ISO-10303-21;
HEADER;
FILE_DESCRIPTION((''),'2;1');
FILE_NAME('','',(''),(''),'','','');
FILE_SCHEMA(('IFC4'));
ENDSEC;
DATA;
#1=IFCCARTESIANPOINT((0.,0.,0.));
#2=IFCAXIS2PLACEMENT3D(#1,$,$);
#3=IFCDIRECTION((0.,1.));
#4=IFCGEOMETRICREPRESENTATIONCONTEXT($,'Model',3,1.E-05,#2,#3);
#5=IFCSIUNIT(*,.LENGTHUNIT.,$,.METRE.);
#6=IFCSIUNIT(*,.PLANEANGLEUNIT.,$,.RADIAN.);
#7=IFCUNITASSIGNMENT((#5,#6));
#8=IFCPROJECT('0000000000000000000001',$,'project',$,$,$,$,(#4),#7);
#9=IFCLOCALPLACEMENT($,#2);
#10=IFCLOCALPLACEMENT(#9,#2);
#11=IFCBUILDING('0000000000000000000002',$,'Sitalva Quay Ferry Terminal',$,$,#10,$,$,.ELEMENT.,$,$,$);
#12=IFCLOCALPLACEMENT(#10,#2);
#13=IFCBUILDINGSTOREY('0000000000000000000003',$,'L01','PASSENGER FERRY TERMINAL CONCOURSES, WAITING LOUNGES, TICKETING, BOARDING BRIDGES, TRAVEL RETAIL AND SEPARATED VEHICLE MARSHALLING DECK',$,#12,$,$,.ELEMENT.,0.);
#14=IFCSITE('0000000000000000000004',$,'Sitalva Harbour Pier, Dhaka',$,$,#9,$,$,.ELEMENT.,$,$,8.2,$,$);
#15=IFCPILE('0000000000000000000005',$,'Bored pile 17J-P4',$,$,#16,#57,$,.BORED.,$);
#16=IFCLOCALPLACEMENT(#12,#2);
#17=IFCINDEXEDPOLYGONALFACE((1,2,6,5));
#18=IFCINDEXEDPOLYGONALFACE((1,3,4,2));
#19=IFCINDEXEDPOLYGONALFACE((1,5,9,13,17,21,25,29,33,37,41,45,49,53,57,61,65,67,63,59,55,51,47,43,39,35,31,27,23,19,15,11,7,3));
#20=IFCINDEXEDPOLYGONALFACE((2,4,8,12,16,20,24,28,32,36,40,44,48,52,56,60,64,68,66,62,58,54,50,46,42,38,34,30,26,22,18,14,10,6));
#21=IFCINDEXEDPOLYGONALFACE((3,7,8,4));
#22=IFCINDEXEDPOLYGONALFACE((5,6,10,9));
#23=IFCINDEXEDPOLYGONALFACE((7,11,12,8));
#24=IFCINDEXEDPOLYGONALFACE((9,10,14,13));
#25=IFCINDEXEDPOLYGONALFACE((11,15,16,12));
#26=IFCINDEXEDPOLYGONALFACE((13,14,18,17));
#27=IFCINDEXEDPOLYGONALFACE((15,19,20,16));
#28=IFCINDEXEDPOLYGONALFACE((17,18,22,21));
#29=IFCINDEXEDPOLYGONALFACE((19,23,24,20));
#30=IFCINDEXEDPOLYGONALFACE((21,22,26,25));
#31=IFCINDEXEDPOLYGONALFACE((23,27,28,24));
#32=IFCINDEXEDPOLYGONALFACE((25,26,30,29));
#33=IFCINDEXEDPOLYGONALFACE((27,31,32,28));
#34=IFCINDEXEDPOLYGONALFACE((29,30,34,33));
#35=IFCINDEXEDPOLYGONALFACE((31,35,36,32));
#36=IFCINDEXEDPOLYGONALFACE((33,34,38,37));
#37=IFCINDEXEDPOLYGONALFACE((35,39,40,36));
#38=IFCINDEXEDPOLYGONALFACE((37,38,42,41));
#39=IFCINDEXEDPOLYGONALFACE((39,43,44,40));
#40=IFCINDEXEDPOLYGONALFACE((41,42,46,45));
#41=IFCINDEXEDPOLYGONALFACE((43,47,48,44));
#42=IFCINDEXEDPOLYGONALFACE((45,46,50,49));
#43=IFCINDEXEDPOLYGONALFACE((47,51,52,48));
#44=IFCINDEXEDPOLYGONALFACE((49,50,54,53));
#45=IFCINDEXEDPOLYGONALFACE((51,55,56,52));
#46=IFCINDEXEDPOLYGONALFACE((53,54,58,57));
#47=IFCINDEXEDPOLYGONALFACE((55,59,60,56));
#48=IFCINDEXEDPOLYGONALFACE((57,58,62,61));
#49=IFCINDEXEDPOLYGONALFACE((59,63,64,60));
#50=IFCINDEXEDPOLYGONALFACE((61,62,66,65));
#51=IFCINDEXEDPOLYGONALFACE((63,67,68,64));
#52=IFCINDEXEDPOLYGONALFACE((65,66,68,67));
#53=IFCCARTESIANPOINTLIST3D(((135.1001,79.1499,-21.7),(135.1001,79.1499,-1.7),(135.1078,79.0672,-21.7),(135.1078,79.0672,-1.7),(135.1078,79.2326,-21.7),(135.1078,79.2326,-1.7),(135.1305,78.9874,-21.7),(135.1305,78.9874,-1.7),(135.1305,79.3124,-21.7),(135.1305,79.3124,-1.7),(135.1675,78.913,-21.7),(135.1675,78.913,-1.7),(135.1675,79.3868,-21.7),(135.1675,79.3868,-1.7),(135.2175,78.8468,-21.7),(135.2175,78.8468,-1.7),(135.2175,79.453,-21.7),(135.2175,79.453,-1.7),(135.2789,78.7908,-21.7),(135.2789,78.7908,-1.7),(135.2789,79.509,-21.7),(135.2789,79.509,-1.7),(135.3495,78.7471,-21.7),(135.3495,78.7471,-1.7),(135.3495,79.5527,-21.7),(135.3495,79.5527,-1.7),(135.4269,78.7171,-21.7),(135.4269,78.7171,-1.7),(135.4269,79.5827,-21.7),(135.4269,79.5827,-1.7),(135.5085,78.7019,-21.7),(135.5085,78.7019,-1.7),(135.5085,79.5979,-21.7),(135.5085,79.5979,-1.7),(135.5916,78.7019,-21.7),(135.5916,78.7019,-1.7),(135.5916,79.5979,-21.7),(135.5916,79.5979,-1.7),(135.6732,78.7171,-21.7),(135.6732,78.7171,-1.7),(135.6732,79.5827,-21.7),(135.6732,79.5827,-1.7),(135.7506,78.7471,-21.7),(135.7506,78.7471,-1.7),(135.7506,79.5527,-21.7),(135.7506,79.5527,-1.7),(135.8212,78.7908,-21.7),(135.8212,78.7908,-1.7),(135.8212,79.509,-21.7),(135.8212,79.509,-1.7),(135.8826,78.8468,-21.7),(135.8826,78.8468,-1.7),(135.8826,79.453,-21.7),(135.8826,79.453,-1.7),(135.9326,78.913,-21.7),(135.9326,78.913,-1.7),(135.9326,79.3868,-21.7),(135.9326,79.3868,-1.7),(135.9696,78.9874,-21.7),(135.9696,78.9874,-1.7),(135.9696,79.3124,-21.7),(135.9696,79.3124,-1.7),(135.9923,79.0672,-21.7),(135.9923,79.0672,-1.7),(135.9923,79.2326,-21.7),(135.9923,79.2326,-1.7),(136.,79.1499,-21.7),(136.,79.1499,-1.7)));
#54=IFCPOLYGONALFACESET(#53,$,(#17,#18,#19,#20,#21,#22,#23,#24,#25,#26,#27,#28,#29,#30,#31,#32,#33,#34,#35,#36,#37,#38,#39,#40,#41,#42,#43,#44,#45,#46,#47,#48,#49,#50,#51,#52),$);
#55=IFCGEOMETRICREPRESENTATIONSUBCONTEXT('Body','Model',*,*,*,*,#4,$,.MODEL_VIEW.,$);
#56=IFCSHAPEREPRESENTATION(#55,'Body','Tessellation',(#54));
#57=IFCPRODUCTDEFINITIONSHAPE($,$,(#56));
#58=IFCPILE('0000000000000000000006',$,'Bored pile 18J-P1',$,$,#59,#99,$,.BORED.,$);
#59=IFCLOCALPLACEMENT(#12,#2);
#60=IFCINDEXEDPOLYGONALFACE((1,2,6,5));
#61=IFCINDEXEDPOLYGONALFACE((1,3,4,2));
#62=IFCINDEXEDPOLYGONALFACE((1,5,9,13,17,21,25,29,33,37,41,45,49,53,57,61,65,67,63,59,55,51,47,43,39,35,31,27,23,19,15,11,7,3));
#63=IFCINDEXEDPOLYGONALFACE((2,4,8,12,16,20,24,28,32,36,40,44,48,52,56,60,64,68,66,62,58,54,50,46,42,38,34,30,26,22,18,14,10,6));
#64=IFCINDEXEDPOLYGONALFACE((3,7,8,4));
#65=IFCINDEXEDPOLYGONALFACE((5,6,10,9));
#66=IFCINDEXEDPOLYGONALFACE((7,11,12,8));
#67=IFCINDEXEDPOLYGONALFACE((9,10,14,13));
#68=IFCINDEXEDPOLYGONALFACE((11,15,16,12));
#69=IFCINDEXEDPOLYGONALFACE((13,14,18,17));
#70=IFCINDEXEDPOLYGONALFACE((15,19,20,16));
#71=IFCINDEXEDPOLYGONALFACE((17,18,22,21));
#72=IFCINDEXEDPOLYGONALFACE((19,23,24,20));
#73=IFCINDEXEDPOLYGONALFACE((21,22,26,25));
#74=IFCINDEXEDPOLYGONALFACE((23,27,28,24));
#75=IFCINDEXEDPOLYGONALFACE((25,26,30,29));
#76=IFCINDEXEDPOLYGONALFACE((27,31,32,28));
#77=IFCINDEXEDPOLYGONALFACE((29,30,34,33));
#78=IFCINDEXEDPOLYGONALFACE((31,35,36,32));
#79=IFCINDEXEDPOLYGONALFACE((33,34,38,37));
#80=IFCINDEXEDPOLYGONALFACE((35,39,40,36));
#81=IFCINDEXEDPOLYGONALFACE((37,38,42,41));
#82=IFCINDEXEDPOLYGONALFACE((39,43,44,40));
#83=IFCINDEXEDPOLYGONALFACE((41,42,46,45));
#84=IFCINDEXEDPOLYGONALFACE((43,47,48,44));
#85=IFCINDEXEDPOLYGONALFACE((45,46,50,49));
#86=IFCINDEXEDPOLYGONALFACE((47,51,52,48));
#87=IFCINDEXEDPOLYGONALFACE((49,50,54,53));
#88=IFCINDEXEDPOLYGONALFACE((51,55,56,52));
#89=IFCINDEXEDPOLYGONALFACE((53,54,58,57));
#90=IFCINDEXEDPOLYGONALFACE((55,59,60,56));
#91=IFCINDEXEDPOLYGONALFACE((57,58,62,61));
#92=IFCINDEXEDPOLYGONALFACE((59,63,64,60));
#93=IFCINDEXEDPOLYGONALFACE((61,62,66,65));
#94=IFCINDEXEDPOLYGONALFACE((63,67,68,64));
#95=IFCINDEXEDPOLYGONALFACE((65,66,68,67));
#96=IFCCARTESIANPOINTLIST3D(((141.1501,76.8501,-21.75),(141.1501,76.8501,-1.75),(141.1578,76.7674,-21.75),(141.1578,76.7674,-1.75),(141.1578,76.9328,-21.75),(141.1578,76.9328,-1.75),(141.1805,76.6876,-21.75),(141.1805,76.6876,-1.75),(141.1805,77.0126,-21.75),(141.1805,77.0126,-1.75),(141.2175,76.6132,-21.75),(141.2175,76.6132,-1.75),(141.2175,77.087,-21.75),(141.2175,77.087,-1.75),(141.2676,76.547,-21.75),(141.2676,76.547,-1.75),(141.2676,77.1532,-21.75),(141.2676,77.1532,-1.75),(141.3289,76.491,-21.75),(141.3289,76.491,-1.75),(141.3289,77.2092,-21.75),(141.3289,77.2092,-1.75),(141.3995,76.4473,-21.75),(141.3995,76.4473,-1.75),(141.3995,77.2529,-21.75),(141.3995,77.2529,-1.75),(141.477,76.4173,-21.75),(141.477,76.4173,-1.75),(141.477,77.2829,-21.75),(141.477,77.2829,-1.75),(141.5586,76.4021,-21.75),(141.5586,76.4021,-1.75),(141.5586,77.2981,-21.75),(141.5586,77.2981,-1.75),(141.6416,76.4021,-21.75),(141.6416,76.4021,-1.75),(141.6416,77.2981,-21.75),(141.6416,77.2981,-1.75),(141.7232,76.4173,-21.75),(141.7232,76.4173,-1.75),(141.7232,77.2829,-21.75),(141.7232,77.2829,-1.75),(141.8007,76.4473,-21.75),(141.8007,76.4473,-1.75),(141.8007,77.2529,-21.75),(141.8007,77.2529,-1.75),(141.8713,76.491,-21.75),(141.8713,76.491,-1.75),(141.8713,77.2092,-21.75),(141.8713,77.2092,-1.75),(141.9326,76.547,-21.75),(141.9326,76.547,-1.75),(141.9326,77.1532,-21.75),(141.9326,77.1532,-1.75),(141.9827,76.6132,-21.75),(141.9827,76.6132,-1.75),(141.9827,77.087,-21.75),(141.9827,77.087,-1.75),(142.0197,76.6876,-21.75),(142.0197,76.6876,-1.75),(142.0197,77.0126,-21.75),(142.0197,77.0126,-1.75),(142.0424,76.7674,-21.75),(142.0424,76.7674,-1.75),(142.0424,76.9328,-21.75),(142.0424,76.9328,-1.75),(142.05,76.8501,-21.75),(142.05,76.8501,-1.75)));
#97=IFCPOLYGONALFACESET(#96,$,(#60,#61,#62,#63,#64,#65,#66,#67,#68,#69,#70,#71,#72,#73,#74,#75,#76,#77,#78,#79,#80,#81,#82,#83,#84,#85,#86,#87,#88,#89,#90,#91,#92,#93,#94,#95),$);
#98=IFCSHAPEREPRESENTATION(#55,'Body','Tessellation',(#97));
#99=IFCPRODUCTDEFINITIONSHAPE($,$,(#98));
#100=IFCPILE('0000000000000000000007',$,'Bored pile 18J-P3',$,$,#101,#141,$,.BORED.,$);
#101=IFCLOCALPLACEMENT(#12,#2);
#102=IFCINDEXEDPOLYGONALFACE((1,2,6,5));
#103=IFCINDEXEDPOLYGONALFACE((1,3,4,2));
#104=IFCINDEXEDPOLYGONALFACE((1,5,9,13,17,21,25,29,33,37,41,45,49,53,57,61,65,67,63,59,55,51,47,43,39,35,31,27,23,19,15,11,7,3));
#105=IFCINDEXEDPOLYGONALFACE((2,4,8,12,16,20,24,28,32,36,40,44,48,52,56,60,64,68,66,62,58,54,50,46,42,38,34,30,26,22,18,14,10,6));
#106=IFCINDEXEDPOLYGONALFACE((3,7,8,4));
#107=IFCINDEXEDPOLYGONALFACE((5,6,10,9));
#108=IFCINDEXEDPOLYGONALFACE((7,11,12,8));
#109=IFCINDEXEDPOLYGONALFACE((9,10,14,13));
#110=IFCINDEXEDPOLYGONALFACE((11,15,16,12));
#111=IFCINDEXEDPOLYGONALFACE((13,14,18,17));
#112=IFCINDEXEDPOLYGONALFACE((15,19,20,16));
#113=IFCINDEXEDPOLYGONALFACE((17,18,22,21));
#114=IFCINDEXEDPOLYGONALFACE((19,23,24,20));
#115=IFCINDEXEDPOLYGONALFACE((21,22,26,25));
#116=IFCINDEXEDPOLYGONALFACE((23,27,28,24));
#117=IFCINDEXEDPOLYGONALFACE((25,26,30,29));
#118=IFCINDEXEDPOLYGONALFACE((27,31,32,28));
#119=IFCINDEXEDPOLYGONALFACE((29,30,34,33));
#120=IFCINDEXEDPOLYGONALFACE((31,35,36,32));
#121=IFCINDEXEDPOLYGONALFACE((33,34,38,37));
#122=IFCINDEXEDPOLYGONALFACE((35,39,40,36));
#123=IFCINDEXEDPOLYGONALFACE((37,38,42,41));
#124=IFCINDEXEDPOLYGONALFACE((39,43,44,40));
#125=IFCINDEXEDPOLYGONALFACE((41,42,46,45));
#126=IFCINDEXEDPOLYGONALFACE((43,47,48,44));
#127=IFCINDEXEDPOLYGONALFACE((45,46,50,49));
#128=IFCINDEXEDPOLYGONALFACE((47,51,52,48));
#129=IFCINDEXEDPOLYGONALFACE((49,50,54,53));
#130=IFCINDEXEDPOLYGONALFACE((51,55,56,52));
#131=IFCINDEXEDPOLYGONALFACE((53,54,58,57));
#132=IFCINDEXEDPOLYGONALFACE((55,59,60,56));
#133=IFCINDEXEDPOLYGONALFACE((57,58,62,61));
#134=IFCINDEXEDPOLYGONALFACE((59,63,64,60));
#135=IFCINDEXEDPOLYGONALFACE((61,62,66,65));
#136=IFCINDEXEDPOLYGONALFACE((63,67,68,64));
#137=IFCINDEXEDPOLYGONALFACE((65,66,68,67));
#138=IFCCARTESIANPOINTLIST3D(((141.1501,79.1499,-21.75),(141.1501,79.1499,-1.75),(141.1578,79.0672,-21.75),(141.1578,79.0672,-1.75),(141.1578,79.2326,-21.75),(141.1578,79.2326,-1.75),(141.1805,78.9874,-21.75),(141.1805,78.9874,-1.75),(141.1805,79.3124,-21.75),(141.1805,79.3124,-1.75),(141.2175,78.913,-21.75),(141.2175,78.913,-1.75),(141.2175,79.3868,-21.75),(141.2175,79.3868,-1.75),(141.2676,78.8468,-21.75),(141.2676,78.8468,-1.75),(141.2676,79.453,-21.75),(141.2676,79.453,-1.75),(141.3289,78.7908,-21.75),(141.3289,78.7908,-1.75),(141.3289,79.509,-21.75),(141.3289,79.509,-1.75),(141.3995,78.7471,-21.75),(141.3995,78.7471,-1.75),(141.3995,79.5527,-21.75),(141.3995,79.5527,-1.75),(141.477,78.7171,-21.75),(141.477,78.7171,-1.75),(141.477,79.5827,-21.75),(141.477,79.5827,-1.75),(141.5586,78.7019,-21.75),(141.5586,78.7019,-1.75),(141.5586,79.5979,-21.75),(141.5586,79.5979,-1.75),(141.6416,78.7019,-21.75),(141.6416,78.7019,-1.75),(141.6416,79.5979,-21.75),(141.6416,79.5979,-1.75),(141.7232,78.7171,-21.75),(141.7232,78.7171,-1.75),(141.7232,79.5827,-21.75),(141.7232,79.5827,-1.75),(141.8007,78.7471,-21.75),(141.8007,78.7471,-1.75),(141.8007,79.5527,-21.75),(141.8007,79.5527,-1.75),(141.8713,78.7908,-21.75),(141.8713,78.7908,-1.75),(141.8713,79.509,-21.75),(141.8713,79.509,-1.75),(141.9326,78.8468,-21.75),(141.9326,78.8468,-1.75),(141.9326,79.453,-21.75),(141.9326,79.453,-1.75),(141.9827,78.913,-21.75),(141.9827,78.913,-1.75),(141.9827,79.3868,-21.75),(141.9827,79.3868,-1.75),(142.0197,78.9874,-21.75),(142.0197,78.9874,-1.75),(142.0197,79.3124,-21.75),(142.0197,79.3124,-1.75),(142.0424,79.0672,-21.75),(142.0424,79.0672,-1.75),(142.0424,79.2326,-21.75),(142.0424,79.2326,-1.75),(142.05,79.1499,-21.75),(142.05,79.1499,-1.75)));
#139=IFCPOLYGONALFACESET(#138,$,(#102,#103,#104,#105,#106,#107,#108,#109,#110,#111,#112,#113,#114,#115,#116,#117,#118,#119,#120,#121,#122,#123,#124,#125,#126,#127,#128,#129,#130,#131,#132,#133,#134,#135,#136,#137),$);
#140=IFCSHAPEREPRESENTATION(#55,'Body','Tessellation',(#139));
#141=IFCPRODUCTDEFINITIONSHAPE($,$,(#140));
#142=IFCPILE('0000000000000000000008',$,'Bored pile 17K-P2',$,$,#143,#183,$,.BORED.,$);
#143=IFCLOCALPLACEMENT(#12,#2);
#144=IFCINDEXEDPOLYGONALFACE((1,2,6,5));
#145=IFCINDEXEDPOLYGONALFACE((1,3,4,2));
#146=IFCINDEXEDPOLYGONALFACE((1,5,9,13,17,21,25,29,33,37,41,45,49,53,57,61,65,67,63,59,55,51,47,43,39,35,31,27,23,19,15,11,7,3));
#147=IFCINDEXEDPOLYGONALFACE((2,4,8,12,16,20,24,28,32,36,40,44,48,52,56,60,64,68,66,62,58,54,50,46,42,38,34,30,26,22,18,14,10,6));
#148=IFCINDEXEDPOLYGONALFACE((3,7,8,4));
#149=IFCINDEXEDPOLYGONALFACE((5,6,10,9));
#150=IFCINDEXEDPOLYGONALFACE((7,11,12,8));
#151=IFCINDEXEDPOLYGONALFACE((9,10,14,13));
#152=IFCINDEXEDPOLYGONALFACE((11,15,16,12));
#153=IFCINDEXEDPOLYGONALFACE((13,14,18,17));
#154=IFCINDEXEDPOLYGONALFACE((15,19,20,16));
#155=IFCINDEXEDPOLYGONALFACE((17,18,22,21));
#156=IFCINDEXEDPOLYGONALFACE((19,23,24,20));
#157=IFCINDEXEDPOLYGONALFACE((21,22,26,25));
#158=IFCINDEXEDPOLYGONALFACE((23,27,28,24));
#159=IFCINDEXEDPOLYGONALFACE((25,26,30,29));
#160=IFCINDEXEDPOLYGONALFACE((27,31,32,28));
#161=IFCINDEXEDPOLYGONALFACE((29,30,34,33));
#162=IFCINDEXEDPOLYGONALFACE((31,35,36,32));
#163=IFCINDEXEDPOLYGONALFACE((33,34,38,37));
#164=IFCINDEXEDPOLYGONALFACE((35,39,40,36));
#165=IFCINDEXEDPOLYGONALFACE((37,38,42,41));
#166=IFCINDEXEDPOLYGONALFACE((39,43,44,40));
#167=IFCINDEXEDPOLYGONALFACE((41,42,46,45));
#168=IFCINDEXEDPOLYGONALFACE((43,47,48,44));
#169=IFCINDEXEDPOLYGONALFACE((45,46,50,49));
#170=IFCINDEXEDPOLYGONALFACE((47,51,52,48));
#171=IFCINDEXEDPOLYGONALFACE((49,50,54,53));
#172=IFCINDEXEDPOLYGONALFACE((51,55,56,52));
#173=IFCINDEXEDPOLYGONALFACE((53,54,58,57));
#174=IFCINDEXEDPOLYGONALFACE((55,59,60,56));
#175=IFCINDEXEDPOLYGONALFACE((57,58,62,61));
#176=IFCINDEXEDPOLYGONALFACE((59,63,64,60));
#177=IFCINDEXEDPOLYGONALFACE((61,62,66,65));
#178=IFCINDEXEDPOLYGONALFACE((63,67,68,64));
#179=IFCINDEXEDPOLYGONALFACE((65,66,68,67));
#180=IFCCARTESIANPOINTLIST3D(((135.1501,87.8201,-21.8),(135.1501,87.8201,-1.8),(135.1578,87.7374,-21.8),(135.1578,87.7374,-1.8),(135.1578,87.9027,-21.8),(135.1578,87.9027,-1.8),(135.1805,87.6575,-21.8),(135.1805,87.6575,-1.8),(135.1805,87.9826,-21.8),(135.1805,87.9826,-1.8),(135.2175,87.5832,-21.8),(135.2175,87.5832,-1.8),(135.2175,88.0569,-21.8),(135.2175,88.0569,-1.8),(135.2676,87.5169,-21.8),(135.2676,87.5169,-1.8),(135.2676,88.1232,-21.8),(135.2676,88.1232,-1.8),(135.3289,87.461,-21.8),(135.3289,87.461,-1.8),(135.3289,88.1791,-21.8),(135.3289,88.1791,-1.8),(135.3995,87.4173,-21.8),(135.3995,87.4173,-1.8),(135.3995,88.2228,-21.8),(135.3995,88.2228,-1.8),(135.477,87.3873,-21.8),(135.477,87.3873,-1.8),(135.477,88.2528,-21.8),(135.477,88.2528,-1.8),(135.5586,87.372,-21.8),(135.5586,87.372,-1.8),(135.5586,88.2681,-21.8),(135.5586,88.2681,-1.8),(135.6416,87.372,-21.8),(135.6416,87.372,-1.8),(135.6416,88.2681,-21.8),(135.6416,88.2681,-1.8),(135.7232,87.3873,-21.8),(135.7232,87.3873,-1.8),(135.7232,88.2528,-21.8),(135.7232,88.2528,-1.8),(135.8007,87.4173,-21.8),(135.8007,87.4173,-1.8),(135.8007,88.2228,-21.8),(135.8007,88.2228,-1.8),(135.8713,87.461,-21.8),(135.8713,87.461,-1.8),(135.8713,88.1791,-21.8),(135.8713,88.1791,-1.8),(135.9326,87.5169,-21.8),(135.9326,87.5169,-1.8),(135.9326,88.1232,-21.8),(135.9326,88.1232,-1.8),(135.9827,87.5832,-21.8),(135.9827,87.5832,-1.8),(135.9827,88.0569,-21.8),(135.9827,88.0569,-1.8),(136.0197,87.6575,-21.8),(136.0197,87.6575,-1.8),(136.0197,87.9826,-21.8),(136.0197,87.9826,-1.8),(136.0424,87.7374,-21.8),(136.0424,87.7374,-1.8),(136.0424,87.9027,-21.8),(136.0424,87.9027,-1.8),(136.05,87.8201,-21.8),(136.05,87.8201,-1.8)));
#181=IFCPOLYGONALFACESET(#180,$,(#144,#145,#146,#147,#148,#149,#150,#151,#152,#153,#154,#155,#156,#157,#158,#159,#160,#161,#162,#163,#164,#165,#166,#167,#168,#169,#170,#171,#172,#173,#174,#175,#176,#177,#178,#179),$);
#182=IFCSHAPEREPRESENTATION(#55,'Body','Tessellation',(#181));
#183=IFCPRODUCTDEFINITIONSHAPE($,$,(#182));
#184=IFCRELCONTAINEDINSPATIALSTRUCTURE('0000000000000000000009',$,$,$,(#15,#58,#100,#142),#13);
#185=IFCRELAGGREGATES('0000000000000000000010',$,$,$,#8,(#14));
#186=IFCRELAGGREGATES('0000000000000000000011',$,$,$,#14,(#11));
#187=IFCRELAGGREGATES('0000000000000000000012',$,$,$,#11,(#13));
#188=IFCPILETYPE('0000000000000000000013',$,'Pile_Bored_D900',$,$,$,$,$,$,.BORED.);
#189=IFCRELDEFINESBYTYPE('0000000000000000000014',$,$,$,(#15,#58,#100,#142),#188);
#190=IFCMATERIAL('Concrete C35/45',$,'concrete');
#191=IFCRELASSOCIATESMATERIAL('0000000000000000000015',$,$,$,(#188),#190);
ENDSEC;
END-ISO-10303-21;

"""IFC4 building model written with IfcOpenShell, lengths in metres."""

from ifc_helpers import new_model, si_unit, direction, frame, origin, origin_2d, place, context, subcontext, project, spatial, circle, extrude, material, material_profile, profile_set, type_object, element, save


model = new_model("IFC4")

# Units and contexts
model_context = context("Model", 3, precision=1e-05, world=origin(), true_north=direction((0.0, 1.0)))
body_context = subcontext(model_context, "Body", "Model", "MODEL_VIEW")
ifc_project = project(units=[si_unit("LENGTHUNIT", "METRE"), si_unit("PLANEANGLEUNIT", "RADIAN")], contexts=[model_context])

# Site, building, storey
site_placement = place(None, origin())
site = spatial("IfcSite", under=ifc_project, at=site_placement, Name="Sitalva Harbour Pier, Dhaka", CompositionType="ELEMENT", RefElevation=8.2)
building_placement = place(site_placement, origin())
building = spatial("IfcBuilding", under=site, at=building_placement, Name="Sitalva Quay Ferry Terminal", CompositionType="ELEMENT")
storey_placement = place(building_placement, origin())
storey = spatial("IfcBuildingStorey", under=building, at=storey_placement, Name="L01", Description="PASSENGER FERRY TERMINAL CONCOURSES, WAITING LOUNGES, TICKETING, BOARDING BRIDGES, TRAVEL RETAIL AND SEPARATED VEHICLE MARSHALLING DECK", CompositionType="ELEMENT", Elevation=0.0)

# Piles
ifc_material_1 = material(Name="Concrete C35/45", Category="concrete")
ifc_material_profile_1 = material_profile(ifc_material_1, circle(Radius=0.45, at=origin_2d()), Name="PILE-D900")
ifc_profile_set_1 = profile_set([ifc_material_profile_1], Name="Concrete C35/45")
pile_type = type_object("IfcPileType", Name="Pile_Bored_D900", PredefinedType="BORED", material=ifc_profile_set_1)
for number, where, z_axis, x_axis, name in (
    (1, (135.55, 79.1499, -1.7), (0.0, 0.0, -1.0), (1.0, 0.0, 0.0), "Bored pile 17J-P4"),
    (2, (141.6001, 76.8501, -1.75), (0.0, 0.0, -1.0), (1.0, 0.0, 0.0), "Bored pile 18J-P1"),
    (3, (141.6001, 79.1499, -1.75), (0.0, 0.0, -1.0), (1.0, 0.0, 0.0), "Bored pile 18J-P3"),
    (4, (135.6001, 87.8201, -1.8), (0.0, 0.0, -1.0), (1.0, 0.0, 0.0), "Bored pile 17K-P2"),
):
    element("IfcPile", number, at=place(storey_placement, frame(where, z_axis=z_axis, x_axis=x_axis)), inside=storey, type_object=pile_type, Name=name, PredefinedType="BORED", context=body_context, shape_type="SweptSolid", body=[
        extrude(circle(Radius=0.45, at=origin_2d()), origin(), (0.0, 0.0, 1.0), 20.0),
    ])

save(model, "model.ifc")
